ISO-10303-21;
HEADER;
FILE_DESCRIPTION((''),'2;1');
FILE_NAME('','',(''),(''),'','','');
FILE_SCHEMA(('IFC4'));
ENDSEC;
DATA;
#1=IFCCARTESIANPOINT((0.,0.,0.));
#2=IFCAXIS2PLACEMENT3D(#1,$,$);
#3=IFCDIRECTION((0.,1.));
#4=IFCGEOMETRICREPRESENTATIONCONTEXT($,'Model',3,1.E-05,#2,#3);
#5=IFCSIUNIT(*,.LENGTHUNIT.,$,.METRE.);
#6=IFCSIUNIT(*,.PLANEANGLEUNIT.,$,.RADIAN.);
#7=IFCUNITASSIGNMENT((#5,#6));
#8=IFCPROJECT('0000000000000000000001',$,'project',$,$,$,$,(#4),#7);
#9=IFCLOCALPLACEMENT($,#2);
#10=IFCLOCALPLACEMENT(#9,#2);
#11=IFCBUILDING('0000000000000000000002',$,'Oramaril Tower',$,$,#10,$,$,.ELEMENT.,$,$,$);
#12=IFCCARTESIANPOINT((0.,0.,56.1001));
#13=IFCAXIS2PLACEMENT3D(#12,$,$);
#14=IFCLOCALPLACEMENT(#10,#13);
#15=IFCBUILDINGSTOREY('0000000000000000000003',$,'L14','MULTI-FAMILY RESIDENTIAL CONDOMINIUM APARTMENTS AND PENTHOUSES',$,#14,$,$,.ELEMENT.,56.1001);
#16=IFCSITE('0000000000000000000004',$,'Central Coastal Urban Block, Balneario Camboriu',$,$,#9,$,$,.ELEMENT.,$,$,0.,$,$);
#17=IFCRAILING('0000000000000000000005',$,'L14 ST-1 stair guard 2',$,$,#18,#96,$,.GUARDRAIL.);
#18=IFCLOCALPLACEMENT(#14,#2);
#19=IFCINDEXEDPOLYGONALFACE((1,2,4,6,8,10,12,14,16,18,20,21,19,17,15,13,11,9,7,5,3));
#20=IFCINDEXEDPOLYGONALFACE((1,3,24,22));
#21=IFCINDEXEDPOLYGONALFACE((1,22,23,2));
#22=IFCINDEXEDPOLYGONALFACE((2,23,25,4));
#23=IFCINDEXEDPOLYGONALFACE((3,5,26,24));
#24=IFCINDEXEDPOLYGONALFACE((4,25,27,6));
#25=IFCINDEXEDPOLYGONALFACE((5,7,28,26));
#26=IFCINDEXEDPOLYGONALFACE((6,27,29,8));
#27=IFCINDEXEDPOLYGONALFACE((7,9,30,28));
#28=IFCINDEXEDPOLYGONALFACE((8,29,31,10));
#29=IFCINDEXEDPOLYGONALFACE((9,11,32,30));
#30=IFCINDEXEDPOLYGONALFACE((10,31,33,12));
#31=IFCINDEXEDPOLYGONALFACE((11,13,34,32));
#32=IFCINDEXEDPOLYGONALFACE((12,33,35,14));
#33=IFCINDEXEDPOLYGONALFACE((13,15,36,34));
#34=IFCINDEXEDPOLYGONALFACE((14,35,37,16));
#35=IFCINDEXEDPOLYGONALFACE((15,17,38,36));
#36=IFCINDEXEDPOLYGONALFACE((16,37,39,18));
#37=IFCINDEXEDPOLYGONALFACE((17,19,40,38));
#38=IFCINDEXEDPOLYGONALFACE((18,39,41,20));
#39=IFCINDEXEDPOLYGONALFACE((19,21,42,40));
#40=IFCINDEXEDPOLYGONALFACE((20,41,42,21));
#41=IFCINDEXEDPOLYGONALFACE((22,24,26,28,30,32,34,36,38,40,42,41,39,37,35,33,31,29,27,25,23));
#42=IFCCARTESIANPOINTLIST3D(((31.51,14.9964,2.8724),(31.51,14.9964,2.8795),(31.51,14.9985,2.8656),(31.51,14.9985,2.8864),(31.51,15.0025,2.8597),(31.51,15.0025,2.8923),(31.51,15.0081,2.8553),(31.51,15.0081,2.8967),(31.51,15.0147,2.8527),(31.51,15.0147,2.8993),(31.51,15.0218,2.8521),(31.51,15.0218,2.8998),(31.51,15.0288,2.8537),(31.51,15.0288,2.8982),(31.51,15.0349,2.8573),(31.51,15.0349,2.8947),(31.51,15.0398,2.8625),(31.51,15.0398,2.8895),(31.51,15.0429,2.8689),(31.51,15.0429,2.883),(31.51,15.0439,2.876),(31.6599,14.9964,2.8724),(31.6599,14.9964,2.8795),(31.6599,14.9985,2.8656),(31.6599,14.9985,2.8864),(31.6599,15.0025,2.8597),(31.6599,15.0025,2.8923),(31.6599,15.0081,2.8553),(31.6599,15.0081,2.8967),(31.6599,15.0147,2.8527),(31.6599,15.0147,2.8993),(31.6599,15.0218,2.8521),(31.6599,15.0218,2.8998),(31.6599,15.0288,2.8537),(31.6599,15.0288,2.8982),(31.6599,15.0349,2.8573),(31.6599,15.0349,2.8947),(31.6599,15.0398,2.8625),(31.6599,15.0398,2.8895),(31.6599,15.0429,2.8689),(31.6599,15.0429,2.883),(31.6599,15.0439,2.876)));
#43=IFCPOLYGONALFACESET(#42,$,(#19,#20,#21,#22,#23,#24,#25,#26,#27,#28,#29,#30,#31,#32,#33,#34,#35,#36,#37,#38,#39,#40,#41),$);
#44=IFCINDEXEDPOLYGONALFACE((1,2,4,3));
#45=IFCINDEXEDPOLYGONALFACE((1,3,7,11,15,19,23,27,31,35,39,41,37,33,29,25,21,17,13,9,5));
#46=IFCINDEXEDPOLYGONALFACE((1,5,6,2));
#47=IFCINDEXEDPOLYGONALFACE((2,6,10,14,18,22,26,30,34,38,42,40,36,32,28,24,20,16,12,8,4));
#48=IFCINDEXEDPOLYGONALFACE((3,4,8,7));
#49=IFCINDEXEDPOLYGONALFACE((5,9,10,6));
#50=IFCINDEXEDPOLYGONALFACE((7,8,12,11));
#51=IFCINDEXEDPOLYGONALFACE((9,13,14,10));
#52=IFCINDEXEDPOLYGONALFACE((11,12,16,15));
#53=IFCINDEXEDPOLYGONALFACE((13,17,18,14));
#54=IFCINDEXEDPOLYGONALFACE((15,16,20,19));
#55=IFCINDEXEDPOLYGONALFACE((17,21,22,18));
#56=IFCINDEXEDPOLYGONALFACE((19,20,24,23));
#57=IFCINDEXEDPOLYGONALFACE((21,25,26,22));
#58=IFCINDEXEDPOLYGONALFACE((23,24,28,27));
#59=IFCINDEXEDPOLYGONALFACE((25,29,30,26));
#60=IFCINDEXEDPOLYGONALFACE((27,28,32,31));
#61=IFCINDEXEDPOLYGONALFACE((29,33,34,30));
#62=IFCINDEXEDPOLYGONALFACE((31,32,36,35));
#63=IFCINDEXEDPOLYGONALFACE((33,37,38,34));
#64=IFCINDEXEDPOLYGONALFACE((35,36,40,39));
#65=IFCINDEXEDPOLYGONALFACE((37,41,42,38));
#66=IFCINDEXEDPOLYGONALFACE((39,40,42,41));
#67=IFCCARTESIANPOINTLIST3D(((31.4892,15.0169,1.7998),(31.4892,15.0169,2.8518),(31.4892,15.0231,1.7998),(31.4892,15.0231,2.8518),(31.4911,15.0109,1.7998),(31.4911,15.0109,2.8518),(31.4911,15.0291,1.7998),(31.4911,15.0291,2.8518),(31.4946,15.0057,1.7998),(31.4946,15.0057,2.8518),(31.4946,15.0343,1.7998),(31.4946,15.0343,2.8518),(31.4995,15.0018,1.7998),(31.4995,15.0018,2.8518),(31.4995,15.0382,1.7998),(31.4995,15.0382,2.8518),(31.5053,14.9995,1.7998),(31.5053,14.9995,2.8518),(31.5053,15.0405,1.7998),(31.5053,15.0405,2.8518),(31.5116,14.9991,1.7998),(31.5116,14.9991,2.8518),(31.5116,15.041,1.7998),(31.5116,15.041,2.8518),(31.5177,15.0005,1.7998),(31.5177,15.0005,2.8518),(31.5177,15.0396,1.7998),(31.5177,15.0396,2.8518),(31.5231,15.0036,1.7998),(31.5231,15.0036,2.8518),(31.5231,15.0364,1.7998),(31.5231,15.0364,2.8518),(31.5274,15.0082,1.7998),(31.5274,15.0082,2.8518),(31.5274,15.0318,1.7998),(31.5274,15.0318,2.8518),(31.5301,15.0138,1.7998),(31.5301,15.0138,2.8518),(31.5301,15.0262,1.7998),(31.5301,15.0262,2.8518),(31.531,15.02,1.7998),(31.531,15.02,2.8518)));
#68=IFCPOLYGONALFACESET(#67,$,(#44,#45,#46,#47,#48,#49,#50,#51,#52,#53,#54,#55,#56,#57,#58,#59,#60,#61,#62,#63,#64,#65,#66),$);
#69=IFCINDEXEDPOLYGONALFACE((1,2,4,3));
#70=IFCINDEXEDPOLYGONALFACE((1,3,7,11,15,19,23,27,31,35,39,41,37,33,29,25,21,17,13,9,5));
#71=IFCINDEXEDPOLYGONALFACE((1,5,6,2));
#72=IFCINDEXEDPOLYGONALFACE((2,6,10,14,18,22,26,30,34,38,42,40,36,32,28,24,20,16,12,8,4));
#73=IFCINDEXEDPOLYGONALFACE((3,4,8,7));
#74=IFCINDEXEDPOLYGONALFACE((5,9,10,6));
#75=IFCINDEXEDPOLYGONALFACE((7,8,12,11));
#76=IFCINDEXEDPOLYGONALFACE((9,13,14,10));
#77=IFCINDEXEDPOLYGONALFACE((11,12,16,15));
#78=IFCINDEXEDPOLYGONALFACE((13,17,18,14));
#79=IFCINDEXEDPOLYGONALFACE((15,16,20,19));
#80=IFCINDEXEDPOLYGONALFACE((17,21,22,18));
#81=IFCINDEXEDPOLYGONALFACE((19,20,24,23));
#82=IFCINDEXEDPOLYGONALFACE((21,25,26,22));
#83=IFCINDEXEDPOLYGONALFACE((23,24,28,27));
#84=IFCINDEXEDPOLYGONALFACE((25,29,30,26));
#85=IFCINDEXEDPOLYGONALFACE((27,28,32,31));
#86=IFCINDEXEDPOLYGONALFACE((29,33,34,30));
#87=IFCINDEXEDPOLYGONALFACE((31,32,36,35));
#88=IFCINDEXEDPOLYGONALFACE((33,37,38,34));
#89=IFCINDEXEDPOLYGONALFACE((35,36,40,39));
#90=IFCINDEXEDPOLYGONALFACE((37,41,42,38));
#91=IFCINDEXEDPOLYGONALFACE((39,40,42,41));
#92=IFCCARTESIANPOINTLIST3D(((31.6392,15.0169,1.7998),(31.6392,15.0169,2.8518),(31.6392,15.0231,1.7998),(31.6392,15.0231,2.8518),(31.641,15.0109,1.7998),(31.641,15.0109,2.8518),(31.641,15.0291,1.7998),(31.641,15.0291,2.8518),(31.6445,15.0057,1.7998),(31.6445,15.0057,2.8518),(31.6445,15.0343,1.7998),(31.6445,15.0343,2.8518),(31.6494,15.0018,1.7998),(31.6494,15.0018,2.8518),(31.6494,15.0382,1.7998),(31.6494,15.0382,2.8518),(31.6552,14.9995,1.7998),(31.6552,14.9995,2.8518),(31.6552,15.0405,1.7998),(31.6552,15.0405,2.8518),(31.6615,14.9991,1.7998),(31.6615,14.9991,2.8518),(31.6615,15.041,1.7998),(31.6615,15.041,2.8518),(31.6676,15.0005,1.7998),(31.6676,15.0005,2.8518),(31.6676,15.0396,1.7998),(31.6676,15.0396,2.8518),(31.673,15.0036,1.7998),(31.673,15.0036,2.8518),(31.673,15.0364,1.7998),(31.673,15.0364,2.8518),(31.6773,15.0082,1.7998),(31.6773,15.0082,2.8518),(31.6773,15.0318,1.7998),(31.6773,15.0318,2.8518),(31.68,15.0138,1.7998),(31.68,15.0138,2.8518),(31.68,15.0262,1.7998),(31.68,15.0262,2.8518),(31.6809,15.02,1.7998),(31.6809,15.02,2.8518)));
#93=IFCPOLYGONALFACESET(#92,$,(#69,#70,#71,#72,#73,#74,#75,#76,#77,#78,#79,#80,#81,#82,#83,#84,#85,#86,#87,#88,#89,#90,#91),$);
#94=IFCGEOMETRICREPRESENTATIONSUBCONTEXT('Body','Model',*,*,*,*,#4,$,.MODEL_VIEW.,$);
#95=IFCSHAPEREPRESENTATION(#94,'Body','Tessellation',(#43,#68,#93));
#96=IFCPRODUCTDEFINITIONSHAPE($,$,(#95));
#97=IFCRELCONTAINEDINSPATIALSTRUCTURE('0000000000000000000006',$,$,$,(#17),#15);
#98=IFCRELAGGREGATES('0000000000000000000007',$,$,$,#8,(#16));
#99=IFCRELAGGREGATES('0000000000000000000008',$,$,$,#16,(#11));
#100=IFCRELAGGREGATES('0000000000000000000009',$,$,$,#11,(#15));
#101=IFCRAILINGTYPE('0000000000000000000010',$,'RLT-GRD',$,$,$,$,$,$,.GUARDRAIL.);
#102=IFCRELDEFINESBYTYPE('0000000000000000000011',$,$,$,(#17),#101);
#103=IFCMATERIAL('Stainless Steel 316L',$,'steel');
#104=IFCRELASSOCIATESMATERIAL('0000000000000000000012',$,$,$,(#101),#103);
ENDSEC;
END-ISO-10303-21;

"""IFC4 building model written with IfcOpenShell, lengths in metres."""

from ifc_helpers import new_model, si_unit, direction, frame, origin, origin_2d, place, context, subcontext, project, spatial, circle, extrude, material, type_object, element, save


model = new_model("IFC4")

# Units and contexts
model_context = context("Model", 3, precision=1e-05, world=origin(), true_north=direction((0.0, 1.0)))
body_context = subcontext(model_context, "Body", "Model", "MODEL_VIEW")
ifc_project = project(units=[si_unit("LENGTHUNIT", "METRE"), si_unit("PLANEANGLEUNIT", "RADIAN")], contexts=[model_context])

# Site, building, storey
site_placement = place(None, origin())
site = spatial("IfcSite", under=ifc_project, at=site_placement, Name="Central Coastal Urban Block, Balneario Camboriu", CompositionType="ELEMENT", RefElevation=0.0)
building_placement = place(site_placement, origin())
building = spatial("IfcBuilding", under=site, at=building_placement, Name="Oramaril Tower", CompositionType="ELEMENT")
storey_placement = place(building_placement, frame((0.0, 0.0, 56.1001)))
storey = spatial("IfcBuildingStorey", under=building, at=storey_placement, Name="L14", Description="MULTI-FAMILY RESIDENTIAL CONDOMINIUM APARTMENTS AND PENTHOUSES", CompositionType="ELEMENT", Elevation=56.1001)

# Railing
ifc_material_1 = material(Name="Stainless Steel 316L", Category="steel")
railing_type_1 = type_object("IfcRailingType", Name="RLT-GRD", PredefinedType="GUARDRAIL", material=ifc_material_1)
railing_1_placement = place(storey_placement, frame((31.51, 15.02, 1.7998)))
element("IfcRailing", 1, at=railing_1_placement, inside=storey, type_object=railing_type_1, Name="L14 ST-1 stair guard 2", PredefinedType="GUARDRAIL", context=body_context, shape_type="SweptSolid", body=[
    extrude(circle(Radius=0.0239, at=origin_2d()), frame((0.0, 0.0, 1.0762), z_axis=(1.0, 0.0, 0.0), x_axis=(0.0, 1.0, 0.0)), (0.0, 0.0, 1.0), 0.1499),
    extrude(circle(Radius=0.021, at=origin_2d()), origin(), (0.0, 0.0, 1.0), 1.052),
    extrude(circle(Radius=0.021, at=origin_2d()), frame((0.1499, 0.0, 0.0)), (0.0, 0.0, 1.0), 1.052),
])

save(model, "model.ifc")
